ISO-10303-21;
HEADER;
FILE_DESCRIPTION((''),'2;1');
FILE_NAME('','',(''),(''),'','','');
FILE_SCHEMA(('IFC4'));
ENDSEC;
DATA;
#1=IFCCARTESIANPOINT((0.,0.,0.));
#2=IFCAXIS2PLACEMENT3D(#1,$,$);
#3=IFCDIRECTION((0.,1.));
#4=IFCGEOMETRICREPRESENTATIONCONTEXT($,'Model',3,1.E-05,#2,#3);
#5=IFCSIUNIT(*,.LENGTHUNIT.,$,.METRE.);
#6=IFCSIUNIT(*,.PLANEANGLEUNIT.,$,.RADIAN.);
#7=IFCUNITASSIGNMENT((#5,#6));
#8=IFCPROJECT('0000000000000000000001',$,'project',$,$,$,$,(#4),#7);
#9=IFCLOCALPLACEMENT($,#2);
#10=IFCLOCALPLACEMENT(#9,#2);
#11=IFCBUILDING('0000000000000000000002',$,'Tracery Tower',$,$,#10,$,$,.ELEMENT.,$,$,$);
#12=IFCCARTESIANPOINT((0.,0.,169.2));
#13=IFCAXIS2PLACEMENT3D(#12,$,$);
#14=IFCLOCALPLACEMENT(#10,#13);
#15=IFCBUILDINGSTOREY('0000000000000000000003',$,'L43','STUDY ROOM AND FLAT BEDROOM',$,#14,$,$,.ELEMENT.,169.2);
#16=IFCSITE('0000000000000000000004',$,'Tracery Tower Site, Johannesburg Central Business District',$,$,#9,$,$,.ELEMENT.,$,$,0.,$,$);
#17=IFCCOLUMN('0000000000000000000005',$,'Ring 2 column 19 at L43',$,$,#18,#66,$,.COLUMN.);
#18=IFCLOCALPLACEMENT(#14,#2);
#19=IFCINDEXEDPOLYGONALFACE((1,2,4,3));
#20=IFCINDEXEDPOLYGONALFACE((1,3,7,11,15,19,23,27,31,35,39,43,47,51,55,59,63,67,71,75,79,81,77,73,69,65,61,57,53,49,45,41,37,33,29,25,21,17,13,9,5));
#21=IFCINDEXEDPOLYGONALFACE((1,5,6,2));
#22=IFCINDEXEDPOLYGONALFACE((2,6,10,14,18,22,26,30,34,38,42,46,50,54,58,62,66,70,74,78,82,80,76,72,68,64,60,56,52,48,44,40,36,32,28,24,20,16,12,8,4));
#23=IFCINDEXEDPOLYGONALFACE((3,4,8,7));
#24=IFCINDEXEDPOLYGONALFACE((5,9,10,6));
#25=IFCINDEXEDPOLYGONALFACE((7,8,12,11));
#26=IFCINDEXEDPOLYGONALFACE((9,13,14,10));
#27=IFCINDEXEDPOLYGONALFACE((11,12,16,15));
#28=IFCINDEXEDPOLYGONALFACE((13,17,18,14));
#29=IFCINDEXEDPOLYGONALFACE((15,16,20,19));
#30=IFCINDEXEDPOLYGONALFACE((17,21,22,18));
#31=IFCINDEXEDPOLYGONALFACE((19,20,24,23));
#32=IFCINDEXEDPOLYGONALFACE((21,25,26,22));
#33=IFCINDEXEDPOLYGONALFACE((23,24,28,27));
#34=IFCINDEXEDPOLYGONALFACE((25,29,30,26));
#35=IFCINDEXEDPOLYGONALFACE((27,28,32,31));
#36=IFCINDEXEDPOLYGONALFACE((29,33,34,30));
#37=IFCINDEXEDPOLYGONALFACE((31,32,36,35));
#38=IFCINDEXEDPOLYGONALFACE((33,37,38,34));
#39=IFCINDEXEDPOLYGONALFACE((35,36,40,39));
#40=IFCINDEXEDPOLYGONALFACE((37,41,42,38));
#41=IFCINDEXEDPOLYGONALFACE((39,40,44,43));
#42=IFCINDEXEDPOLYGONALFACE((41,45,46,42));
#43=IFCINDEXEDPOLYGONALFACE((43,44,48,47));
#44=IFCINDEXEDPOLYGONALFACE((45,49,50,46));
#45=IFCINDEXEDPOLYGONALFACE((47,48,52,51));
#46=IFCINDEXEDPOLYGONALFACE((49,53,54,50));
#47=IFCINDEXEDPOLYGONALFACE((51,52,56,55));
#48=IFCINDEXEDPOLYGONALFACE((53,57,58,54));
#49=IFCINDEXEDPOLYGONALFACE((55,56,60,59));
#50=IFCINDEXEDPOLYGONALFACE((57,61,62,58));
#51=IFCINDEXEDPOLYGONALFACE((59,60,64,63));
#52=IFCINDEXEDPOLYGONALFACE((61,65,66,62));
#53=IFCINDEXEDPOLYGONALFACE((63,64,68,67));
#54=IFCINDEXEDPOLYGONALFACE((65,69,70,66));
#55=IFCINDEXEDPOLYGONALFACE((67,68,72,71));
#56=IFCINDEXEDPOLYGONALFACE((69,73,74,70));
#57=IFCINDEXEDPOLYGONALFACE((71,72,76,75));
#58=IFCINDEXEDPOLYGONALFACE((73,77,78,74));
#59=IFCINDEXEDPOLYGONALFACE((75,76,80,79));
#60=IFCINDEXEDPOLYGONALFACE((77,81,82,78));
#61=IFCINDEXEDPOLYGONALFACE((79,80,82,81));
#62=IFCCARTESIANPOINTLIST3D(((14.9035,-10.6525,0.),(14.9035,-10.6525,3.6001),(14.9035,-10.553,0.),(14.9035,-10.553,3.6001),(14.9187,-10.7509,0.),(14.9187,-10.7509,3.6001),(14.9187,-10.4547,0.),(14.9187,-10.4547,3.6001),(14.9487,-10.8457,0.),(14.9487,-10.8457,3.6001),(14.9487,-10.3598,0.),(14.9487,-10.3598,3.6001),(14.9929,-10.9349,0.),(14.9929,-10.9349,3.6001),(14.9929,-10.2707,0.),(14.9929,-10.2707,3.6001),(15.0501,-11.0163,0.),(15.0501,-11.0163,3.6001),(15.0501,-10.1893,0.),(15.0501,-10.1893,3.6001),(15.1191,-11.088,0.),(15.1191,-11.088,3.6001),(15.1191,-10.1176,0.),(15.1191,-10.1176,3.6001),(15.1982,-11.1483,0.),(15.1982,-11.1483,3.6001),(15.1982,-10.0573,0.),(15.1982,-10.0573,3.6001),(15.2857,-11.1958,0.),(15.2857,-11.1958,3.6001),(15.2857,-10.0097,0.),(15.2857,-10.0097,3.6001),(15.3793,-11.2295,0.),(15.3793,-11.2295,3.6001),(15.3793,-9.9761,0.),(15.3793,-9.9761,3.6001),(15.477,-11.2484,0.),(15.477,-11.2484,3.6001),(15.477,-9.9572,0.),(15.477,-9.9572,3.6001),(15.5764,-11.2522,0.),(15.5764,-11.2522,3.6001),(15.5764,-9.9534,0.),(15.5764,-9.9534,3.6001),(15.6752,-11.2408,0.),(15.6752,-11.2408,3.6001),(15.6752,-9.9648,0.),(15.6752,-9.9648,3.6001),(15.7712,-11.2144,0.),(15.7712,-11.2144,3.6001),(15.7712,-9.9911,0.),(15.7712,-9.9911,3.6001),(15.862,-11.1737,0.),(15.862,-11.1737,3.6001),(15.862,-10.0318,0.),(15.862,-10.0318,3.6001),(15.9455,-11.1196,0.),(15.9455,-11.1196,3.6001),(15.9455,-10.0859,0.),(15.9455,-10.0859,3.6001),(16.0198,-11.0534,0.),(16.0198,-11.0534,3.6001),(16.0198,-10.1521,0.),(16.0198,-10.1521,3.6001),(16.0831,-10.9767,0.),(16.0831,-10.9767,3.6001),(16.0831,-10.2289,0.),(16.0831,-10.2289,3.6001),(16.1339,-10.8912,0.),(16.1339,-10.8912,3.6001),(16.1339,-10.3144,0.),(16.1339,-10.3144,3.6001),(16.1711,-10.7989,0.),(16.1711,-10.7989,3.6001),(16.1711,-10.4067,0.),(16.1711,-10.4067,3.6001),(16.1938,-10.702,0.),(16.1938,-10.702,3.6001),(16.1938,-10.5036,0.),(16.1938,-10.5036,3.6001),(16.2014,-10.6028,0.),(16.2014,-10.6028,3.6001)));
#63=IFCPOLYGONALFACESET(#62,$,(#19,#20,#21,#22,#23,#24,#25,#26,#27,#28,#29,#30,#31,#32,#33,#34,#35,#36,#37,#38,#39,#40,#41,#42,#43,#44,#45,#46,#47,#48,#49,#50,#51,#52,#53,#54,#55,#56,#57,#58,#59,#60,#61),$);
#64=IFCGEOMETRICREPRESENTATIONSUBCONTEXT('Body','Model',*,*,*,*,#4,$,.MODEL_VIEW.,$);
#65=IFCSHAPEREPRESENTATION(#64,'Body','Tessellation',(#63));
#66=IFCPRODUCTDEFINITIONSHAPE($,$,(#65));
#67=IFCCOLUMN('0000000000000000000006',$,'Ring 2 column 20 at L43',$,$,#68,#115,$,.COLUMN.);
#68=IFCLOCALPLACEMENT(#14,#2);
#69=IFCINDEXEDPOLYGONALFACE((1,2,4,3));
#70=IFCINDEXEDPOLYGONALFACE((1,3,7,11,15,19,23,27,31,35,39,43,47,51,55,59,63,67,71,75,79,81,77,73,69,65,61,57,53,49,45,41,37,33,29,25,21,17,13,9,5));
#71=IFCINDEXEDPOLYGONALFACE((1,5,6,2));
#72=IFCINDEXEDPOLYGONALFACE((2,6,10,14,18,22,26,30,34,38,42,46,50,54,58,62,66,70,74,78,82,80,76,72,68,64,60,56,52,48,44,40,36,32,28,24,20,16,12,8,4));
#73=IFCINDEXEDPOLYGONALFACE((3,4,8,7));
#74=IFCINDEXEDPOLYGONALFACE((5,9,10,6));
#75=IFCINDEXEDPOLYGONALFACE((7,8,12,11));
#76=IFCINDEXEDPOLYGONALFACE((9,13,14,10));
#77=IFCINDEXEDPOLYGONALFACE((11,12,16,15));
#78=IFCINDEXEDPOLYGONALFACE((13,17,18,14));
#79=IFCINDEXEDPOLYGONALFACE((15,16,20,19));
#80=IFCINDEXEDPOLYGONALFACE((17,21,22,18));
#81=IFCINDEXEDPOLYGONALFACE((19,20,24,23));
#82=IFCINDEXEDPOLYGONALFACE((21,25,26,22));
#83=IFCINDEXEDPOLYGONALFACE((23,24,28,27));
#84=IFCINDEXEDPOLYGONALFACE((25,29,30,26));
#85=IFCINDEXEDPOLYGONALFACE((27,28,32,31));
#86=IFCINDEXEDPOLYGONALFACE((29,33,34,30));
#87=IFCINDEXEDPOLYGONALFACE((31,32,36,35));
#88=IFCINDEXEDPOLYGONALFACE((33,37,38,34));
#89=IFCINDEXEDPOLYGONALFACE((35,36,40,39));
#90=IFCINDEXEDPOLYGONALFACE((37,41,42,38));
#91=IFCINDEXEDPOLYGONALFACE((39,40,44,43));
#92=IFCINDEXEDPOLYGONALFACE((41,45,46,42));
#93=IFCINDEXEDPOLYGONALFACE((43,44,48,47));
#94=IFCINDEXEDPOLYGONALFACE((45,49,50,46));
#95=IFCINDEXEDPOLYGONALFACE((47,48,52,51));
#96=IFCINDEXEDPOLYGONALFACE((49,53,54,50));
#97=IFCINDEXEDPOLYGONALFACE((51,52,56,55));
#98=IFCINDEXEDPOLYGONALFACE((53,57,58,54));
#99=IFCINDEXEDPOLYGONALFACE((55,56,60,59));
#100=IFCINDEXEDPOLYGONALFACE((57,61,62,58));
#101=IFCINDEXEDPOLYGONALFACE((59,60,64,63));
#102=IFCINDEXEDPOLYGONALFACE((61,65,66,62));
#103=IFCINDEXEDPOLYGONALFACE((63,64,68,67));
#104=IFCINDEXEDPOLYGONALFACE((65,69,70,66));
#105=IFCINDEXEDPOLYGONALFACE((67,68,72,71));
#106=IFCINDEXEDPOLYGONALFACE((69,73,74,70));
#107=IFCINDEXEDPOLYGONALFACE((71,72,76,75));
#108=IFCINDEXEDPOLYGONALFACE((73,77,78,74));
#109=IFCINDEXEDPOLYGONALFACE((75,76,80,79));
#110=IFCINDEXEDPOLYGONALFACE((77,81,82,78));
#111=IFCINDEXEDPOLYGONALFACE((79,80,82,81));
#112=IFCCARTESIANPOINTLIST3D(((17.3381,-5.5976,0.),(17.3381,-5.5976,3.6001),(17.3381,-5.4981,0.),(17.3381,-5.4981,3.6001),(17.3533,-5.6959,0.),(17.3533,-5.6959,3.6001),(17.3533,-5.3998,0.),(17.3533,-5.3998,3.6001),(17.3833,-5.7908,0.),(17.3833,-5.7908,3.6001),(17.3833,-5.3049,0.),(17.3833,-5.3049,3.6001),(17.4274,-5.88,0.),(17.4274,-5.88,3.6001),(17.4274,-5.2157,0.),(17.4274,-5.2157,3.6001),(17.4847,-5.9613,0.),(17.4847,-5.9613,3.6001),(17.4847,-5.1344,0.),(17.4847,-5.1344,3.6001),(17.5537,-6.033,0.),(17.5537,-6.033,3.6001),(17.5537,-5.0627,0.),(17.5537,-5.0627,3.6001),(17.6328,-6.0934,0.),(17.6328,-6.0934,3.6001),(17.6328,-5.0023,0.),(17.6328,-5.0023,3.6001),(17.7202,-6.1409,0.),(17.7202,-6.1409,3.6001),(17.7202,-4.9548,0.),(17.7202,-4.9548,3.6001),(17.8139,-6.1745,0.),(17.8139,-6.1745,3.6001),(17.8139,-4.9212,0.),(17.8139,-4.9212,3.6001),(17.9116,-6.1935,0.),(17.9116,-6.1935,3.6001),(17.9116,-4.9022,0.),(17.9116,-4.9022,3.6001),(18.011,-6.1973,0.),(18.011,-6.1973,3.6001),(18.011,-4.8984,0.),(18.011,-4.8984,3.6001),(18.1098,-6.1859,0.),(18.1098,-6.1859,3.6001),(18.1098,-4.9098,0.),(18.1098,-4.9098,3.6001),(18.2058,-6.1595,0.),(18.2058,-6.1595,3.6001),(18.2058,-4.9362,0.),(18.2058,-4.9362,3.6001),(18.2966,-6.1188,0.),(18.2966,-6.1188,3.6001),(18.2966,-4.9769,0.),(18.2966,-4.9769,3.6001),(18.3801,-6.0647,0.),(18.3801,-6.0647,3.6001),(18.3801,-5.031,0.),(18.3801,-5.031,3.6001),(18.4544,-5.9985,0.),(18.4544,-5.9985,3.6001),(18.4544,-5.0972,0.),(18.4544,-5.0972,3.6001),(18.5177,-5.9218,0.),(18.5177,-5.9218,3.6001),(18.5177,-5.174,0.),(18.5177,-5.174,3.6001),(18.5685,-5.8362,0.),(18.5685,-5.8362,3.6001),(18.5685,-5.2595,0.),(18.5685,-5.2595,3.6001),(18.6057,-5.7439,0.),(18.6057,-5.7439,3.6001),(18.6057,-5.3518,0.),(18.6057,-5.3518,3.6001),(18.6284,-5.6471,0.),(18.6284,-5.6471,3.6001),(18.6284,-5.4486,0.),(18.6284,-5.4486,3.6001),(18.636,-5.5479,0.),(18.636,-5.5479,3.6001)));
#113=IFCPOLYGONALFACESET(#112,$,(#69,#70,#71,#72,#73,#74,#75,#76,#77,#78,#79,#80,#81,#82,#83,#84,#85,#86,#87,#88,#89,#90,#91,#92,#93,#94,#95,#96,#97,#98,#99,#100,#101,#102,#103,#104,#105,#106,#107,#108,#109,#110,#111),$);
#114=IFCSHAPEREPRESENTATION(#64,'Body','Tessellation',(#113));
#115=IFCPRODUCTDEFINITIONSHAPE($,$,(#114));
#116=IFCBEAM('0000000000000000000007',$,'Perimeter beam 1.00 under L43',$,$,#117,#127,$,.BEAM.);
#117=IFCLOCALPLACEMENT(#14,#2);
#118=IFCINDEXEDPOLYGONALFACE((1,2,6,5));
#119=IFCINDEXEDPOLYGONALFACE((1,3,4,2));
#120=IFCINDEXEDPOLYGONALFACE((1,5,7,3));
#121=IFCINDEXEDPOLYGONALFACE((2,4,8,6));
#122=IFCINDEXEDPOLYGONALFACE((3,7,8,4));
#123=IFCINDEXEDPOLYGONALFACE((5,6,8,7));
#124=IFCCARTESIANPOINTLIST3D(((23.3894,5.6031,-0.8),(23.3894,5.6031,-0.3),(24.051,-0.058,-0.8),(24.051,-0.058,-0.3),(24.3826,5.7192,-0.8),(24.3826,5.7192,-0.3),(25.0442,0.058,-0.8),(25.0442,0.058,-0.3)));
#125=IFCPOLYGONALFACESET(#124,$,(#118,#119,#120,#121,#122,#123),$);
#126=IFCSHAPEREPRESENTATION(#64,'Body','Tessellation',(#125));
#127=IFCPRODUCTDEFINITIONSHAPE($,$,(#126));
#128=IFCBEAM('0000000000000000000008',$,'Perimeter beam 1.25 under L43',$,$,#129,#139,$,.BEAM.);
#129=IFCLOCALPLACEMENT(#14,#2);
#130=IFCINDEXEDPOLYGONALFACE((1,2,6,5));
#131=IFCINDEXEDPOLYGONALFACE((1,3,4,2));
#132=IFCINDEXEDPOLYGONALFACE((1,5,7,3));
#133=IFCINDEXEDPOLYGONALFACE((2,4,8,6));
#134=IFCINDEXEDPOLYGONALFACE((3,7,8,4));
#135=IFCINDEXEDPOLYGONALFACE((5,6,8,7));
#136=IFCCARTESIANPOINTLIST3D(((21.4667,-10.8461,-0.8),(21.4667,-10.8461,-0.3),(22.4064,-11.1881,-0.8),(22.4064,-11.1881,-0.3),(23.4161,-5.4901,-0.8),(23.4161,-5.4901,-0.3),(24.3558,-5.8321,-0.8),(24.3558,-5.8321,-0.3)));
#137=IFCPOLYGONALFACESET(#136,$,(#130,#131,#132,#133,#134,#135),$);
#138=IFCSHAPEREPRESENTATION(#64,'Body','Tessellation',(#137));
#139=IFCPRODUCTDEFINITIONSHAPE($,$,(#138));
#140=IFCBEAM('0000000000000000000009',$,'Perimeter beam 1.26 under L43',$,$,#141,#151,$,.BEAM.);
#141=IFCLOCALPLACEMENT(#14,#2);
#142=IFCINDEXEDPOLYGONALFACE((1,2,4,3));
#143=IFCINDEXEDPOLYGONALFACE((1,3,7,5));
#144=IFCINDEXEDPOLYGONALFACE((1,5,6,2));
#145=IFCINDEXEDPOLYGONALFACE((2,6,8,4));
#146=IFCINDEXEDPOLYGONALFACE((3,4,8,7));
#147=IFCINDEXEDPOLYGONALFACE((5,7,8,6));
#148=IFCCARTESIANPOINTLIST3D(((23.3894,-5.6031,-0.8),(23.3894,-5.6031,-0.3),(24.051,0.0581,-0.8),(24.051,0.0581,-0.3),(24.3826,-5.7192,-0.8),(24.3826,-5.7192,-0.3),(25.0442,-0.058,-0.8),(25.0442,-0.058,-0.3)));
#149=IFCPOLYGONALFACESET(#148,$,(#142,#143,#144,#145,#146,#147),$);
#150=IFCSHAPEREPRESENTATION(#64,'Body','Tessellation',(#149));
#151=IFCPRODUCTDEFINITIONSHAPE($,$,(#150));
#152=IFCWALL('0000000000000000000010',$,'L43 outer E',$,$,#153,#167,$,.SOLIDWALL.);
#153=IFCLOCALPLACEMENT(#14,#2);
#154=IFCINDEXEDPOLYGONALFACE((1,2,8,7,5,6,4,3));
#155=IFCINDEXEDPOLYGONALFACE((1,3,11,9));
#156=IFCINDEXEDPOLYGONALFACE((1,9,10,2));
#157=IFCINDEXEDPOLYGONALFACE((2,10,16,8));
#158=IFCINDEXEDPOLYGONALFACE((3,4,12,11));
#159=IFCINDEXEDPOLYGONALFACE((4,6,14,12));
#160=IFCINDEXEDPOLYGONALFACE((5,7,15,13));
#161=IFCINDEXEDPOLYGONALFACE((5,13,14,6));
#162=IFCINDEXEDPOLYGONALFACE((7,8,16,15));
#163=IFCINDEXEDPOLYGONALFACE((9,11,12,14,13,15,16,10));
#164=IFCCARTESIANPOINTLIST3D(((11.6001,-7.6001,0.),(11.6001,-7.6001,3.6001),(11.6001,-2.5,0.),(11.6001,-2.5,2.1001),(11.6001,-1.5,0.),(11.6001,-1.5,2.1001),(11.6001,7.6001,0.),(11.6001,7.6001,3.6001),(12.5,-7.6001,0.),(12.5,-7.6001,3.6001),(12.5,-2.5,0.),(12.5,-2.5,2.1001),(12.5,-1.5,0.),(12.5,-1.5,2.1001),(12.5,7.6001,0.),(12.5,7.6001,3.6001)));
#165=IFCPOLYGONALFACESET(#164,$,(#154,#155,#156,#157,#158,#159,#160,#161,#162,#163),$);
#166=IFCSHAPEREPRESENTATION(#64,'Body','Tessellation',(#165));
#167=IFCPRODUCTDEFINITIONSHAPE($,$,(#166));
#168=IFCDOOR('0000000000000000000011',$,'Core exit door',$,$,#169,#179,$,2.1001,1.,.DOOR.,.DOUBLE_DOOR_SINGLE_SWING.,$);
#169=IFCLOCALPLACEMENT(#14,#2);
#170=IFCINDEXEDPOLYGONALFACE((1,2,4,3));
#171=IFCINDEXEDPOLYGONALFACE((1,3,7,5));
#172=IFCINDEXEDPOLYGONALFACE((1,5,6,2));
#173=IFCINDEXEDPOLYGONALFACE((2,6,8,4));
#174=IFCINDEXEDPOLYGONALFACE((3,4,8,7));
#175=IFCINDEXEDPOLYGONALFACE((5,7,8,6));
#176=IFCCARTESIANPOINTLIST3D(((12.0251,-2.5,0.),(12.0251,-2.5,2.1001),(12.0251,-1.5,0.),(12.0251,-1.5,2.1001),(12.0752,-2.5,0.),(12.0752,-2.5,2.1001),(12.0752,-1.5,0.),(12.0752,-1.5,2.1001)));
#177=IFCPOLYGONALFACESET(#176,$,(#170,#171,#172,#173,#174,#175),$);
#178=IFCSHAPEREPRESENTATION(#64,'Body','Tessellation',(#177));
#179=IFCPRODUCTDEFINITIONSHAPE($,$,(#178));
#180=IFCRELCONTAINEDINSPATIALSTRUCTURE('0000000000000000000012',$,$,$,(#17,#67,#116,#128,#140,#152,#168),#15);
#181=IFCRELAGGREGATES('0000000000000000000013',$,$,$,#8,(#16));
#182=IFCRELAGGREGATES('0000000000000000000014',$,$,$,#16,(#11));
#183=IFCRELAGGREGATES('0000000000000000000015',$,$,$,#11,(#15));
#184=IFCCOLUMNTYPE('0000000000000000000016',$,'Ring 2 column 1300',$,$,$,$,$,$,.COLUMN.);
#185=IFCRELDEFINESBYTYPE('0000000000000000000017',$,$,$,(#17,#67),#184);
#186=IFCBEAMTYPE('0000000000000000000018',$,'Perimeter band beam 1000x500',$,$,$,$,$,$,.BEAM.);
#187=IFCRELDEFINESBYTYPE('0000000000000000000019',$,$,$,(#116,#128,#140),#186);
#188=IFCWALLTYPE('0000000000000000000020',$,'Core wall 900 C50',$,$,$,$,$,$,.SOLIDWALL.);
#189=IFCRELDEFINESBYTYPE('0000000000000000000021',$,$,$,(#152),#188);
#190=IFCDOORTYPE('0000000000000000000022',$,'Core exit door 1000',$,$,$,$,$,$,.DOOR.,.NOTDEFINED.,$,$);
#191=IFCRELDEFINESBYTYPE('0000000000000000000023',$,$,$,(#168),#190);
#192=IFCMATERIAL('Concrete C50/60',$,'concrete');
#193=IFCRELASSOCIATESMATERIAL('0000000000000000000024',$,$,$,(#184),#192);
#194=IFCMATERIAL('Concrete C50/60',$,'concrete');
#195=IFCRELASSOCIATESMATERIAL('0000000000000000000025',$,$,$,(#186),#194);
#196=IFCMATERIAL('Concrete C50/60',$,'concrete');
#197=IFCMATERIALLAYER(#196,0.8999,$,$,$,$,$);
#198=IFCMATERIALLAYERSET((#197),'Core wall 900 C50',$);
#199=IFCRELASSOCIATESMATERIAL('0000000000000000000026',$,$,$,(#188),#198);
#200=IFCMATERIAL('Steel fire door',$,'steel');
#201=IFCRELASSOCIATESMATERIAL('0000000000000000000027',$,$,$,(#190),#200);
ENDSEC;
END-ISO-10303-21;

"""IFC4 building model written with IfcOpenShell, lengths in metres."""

from ifc_helpers import new_model, si_unit, direction, frame, frame_2d, origin, origin_2d, place, context, subcontext, project, spatial, rectangle, circle, extrude, material, layer, layer_set, material_profile, profile_set, type_object, element, fill, save


model = new_model("IFC4")

# Units and contexts
model_context = context("Model", 3, precision=1e-05, world=origin(), true_north=direction((0.0, 1.0)))
body_context = subcontext(model_context, "Body", "Model", "MODEL_VIEW")
ifc_project = project(units=[si_unit("LENGTHUNIT", "METRE"), si_unit("PLANEANGLEUNIT", "RADIAN")], contexts=[model_context])

# Site, building, storey
site_placement = place(None, origin())
site = spatial("IfcSite", under=ifc_project, at=site_placement, Name="Tracery Tower Site, Johannesburg Central Business District", CompositionType="ELEMENT", RefElevation=0.0)
building_placement = place(site_placement, origin())
building = spatial("IfcBuilding", under=site, at=building_placement, Name="Tracery Tower", CompositionType="ELEMENT")
storey_placement = place(building_placement, frame((0.0, 0.0, 169.2)))
storey = spatial("IfcBuildingStorey", under=building, at=storey_placement, Name="L43", Description="STUDY ROOM AND FLAT BEDROOM", CompositionType="ELEMENT", Elevation=169.2)

# Columns
ifc_material_1 = material(Name="Concrete C50/60", Category="concrete")
ifc_material_profile_1 = material_profile(ifc_material_1, circle(Radius=0.6499, at=origin_2d()), Name="RC D1300")
ifc_profile_set_1 = profile_set([ifc_material_profile_1], Name="Concrete C50/60")
column_type_1 = type_object("IfcColumnType", Name="Ring 2 column 1300", PredefinedType="COLUMN", material=ifc_profile_set_1)
for number, where, z_axis, x_axis, name in (
    (1, (15.5515, -10.6028, 0.0), (0.0, 0.0, 1.0), (1.0, 0.0, 0.0), "Ring 2 column 19 at L43"),
    (2, (17.9861, -5.5479, 0.0), (0.0, 0.0, 1.0), (1.0, 0.0, 0.0), "Ring 2 column 20 at L43"),
):
    element("IfcColumn", number, at=place(storey_placement, frame(where, z_axis=z_axis, x_axis=x_axis)), inside=storey, type_object=column_type_1, Name=name, PredefinedType="COLUMN", context=body_context, shape_type="SweptSolid", body=[
        extrude(circle(Radius=0.6499, at=origin_2d()), origin(), (0.0, 0.0, 1.0), 3.6001),
    ])

# Beams
ifc_material_2 = material(Name="Concrete C50/60", Category="concrete")
ifc_material_profile_2 = material_profile(ifc_material_2, rectangle(XDim=1.0, YDim=0.5, at=origin_2d()), Name="RC 1000x500")
ifc_profile_set_2 = profile_set([ifc_material_profile_2], Name="Concrete C50/60")
beam_type = type_object("IfcBeamType", Name="Perimeter band beam 1000x500", PredefinedType="BEAM", material=ifc_profile_set_2)
for number, where, z_axis, x_axis, name in (
    (3, (24.5476, 0.0, -0.55), (-0.116081, 0.99324, 0.0), (-0.99324, -0.116081, 0.0), "Perimeter beam 1.00 under L43"),
    (4, (21.9365, -11.0171, -0.55), (0.342029, 0.93969, 0.0), (-0.93969, 0.342029, 0.0), "Perimeter beam 1.25 under L43"),
    (5, (23.886, -5.6611, -0.55), (0.116081, 0.99324, 0.0), (-0.99324, 0.116081, 0.0), "Perimeter beam 1.26 under L43"),
):
    element("IfcBeam", number, at=place(storey_placement, frame(where, z_axis=z_axis, x_axis=x_axis)), inside=storey, type_object=beam_type, Name=name, PredefinedType="BEAM", context=body_context, shape_type="SweptSolid", body=[
        extrude(rectangle(XDim=1.0, YDim=0.5, at=origin_2d()), origin(), (0.0, 0.0, 1.0), 5.6997),
    ])

# Wall, opening, door
ifc_material_3 = material(Name="Concrete C50/60", Category="concrete")
ifc_layer_1 = layer(ifc_material_3, 0.8999)
ifc_layer_set_1 = layer_set([ifc_layer_1], Name="Core wall 900 C50")
wall_type_1 = type_object("IfcWallType", Name="Core wall 900 C50", PredefinedType="SOLIDWALL", material=ifc_layer_set_1)
wall_1_placement = place(storey_placement, frame((12.05, -7.6001, 0.0), z_axis=(0.0, 0.0, 1.0), x_axis=(0.0, 1.0, 0.0)))
wall_1 = element("IfcWall", 6, at=wall_1_placement, inside=storey, type_object=wall_type_1, Name="L43 outer E", PredefinedType="SOLIDWALL", context=body_context, shape_type="SweptSolid", body=[
    extrude(rectangle(XDim=15.2002, YDim=0.8999, at=frame_2d((7.6001, 0.0))), origin(), (0.0, 0.0, 1.0), 3.6001),
])
opening_1_placement = place(wall_1_placement, frame((5.1001, 0.0, 0.0)))
opening_1 = element("IfcOpeningElement", 7, at=opening_1_placement, cuts=wall_1, PredefinedType="OPENING", context=body_context, shape_type="SweptSolid", body=[
    extrude(rectangle(XDim=1.0, YDim=2.1001, at=frame_2d((0.5, 1.05))), frame((0.0, 0.45, 0.0), z_axis=(0.0, -1.0, 0.0), x_axis=(1.0, 0.0, 0.0)), (0.0, 0.0, 1.0), 0.8999),
])
ifc_material_4 = material(Name="Steel fire door", Category="steel")
door_type = type_object("IfcDoorType", Name="Core exit door 1000", OperationType="NOTDEFINED", PredefinedType="DOOR", material=ifc_material_4)
door_placement = place(opening_1_placement, origin())
door = element("IfcDoor", 8, at=door_placement, inside=storey, type_object=door_type, Name="Core exit door", OperationType="DOUBLE_DOOR_SINGLE_SWING", OverallHeight=2.1001, OverallWidth=1.0, PredefinedType="DOOR", context=body_context, shape_type="SweptSolid", body=[
    extrude(rectangle(XDim=1.0, YDim=2.1001, at=frame_2d((0.5, 1.05))), frame((0.0, 0.0249, 0.0), z_axis=(0.0, -1.0, 0.0), x_axis=(1.0, 0.0, 0.0)), (0.0, 0.0, 1.0), 0.05),
])
fill(opening_1, door)

save(model, "model.ifc")
